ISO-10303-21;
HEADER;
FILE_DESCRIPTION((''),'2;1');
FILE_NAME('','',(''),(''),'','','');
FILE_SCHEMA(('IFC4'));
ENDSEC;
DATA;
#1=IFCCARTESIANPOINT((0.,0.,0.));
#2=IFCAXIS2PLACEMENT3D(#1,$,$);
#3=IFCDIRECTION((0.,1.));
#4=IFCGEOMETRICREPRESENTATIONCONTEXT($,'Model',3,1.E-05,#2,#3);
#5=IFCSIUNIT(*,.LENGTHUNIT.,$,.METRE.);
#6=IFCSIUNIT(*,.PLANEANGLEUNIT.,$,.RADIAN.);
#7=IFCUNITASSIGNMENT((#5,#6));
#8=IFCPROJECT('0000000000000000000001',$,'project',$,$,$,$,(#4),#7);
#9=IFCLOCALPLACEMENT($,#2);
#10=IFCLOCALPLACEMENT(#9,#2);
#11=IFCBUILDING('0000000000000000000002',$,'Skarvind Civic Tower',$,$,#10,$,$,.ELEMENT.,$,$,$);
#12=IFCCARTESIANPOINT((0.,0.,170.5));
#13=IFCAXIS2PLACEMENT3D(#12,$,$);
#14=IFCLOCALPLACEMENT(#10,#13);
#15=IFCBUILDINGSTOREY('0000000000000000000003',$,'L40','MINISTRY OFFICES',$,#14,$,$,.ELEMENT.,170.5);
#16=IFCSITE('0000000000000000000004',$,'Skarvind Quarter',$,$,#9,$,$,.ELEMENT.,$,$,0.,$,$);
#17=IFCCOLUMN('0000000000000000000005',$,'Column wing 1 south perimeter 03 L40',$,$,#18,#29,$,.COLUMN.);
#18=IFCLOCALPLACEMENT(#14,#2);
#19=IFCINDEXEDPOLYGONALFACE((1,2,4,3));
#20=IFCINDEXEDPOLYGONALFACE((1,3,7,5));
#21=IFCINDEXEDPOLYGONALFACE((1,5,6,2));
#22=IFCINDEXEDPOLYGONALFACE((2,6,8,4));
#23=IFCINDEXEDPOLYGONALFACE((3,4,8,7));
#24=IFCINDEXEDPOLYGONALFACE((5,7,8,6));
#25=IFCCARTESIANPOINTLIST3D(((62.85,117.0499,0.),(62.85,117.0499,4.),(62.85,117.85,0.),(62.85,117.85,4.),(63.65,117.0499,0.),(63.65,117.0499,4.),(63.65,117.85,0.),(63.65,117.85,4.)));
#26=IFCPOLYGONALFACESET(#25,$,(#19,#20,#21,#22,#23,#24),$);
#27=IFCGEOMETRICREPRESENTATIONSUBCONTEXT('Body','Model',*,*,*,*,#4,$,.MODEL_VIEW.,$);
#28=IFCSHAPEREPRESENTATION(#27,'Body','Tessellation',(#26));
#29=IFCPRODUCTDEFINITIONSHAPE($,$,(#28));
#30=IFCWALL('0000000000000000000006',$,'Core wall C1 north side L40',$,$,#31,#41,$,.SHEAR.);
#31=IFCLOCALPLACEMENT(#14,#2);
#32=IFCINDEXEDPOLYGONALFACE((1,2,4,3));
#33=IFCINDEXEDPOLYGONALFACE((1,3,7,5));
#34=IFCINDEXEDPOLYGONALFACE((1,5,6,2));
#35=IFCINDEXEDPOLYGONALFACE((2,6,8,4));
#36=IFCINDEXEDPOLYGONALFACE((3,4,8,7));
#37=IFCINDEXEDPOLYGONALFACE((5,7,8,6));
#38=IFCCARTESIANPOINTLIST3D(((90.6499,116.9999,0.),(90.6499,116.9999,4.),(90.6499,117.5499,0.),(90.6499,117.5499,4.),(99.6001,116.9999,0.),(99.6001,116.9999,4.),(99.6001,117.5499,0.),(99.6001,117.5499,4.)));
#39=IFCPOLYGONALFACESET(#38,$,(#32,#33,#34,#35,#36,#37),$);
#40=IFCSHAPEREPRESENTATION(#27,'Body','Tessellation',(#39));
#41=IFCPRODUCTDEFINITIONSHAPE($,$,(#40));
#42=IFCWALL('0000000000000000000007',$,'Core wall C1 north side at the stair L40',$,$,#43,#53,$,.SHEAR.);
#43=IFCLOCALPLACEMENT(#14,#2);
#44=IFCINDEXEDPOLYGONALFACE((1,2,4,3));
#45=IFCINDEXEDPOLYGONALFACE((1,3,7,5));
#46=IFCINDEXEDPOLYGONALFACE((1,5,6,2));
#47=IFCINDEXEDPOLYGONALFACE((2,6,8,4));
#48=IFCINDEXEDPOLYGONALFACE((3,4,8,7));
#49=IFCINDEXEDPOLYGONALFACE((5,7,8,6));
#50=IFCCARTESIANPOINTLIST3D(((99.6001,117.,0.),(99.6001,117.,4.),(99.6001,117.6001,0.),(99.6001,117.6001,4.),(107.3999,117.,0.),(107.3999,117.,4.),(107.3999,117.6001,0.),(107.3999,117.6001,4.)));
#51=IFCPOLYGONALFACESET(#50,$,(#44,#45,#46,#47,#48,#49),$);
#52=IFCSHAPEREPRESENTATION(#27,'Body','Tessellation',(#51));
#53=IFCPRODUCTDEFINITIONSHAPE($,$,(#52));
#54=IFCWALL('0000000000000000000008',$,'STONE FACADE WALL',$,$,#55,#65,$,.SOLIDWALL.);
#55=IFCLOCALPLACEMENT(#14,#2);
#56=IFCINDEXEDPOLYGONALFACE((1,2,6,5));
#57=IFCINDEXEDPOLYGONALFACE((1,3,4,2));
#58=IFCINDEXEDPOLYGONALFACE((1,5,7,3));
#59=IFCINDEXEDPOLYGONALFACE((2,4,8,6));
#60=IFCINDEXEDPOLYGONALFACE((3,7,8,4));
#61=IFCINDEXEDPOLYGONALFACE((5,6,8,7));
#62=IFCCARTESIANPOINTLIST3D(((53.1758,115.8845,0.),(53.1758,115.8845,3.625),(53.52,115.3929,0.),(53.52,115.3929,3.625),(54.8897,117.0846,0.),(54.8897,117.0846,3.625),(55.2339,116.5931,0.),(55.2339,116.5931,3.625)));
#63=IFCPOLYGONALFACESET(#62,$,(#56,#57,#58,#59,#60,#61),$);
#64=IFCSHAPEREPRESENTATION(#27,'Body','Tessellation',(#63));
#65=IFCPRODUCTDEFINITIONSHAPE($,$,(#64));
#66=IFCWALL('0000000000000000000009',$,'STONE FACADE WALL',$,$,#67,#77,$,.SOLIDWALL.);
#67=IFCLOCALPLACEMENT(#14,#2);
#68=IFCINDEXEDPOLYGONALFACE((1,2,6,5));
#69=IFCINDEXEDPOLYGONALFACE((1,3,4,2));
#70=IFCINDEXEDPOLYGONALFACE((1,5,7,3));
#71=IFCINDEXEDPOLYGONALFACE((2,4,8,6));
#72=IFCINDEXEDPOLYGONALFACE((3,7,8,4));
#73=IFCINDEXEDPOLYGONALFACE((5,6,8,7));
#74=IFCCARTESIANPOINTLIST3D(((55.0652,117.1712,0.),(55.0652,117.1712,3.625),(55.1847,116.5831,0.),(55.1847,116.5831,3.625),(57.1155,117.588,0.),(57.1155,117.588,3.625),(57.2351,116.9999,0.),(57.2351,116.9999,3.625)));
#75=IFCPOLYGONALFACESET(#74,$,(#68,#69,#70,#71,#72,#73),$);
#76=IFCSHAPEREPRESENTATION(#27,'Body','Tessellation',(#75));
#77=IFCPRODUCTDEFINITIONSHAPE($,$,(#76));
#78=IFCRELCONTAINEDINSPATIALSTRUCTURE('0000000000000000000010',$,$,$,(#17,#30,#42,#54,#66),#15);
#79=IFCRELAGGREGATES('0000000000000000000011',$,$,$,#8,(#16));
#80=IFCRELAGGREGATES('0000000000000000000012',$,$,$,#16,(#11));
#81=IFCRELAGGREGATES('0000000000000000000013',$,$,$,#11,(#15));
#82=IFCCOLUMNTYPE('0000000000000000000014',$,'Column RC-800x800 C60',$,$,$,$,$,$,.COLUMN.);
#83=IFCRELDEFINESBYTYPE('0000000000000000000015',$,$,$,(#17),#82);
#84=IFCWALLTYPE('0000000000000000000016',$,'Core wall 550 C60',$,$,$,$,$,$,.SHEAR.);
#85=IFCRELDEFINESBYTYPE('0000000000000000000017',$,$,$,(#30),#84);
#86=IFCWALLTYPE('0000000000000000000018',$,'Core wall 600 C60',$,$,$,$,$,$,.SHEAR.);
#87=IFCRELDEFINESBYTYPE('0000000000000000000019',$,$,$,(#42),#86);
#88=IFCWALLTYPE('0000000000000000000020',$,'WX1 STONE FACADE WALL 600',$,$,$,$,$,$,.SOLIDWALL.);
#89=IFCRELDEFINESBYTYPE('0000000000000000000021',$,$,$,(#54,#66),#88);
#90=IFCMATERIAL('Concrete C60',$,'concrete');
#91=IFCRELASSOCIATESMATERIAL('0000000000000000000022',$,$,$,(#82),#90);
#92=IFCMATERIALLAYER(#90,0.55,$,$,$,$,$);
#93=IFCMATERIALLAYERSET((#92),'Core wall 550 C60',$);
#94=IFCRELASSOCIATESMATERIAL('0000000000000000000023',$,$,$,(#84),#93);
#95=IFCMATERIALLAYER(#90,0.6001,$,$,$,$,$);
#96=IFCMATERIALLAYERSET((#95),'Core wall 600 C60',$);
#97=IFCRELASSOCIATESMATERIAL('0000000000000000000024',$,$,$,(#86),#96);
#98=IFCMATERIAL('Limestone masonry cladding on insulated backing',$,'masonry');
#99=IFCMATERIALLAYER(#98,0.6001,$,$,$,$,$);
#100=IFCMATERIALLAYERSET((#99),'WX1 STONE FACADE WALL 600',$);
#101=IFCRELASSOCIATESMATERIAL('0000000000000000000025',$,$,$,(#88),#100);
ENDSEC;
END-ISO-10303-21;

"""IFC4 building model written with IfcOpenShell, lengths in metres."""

from ifc_helpers import new_model, si_unit, direction, frame, frame_2d, origin, origin_2d, place, context, subcontext, project, spatial, rectangle, extrude, material, layer, layer_set, material_profile, profile_set, type_object, element, save


model = new_model("IFC4")

# Units and contexts
model_context = context("Model", 3, precision=1e-05, world=origin(), true_north=direction((0.0, 1.0)))
body_context = subcontext(model_context, "Body", "Model", "MODEL_VIEW")
ifc_project = project(units=[si_unit("LENGTHUNIT", "METRE"), si_unit("PLANEANGLEUNIT", "RADIAN")], contexts=[model_context])

# Site, building, storey
site_placement = place(None, origin())
site = spatial("IfcSite", under=ifc_project, at=site_placement, Name="Skarvind Quarter", CompositionType="ELEMENT", RefElevation=0.0)
building_placement = place(site_placement, origin())
building = spatial("IfcBuilding", under=site, at=building_placement, Name="Skarvind Civic Tower", CompositionType="ELEMENT")
storey_placement = place(building_placement, frame((0.0, 0.0, 170.5)))
storey = spatial("IfcBuildingStorey", under=building, at=storey_placement, Name="L40", Description="MINISTRY OFFICES", CompositionType="ELEMENT", Elevation=170.5)

# Column
ifc_material_1 = material(Name="Concrete C60", Category="concrete")
ifc_material_profile_1 = material_profile(ifc_material_1, rectangle(XDim=0.8, YDim=0.8, at=origin_2d()), Name="RC-800x800")
ifc_profile_set_1 = profile_set([ifc_material_profile_1], Name="Concrete C60")
column_type = type_object("IfcColumnType", Name="Column RC-800x800 C60", PredefinedType="COLUMN", material=ifc_profile_set_1)
column_placement = place(storey_placement, frame((63.25, 117.45, 0.0), z_axis=(0.0, 0.0, 1.0), x_axis=(1.0, 0.0, 0.0)))
element("IfcColumn", 1, at=column_placement, inside=storey, type_object=column_type, Name="Column wing 1 south perimeter 03 L40", PredefinedType="COLUMN", context=body_context, shape_type="SweptSolid", body=[
    extrude(rectangle(XDim=0.8, YDim=0.8, at=origin_2d()), origin(), (0.0, 0.0, 1.0), 4.0),
])

# Walls
ifc_layer_1 = layer(ifc_material_1, 0.55)
ifc_layer_set_1 = layer_set([ifc_layer_1], Name="Core wall 550 C60")
wall_type_1 = type_object("IfcWallType", Name="Core wall 550 C60", PredefinedType="SHEAR", material=ifc_layer_set_1)
wall_1_placement = place(storey_placement, frame((99.6001, 117.2749, 0.0), z_axis=(0.0, 0.0, 1.0), x_axis=(-1.0, 0.0, 0.0)))
element("IfcWall", 2, at=wall_1_placement, inside=storey, type_object=wall_type_1, Name="Core wall C1 north side L40", PredefinedType="SHEAR", context=body_context, shape_type="SweptSolid", body=[
    extrude(rectangle(XDim=8.9502, YDim=0.55, at=frame_2d((4.4751, 0.0))), origin(), (0.0, 0.0, 1.0), 4.0),
])
ifc_layer_2 = layer(ifc_material_1, 0.6001)
ifc_layer_set_2 = layer_set([ifc_layer_2], Name="Core wall 600 C60")
wall_type_2 = type_object("IfcWallType", Name="Core wall 600 C60", PredefinedType="SHEAR", material=ifc_layer_set_2)
wall_2_placement = place(storey_placement, frame((107.3999, 117.3, 0.0), z_axis=(0.0, 0.0, 1.0), x_axis=(-1.0, 0.0, 0.0)))
element("IfcWall", 3, at=wall_2_placement, inside=storey, type_object=wall_type_2, Name="Core wall C1 north side at the stair L40", PredefinedType="SHEAR", context=body_context, shape_type="SweptSolid", body=[
    extrude(rectangle(XDim=7.7998, YDim=0.6001, at=frame_2d((3.8999, 0.0))), origin(), (0.0, 0.0, 1.0), 4.0),
])
ifc_material_2 = material(Name="Limestone masonry cladding on insulated backing", Category="masonry")
ifc_layer_3 = layer(ifc_material_2, 0.6001)
ifc_layer_set_3 = layer_set([ifc_layer_3], Name="WX1 STONE FACADE WALL 600")
wall_type_3 = type_object("IfcWallType", Name="WX1 STONE FACADE WALL 600", PredefinedType="SOLIDWALL", material=ifc_layer_set_3)
for number, where, z_axis, x_axis, name in (
    (4, (55.0618, 116.8389, 0.0), (0.0, 0.0, 1.0), (-0.819122, -0.573619, 0.0), "STONE FACADE WALL"),
    (5, (57.1753, 117.2939, 0.0), (0.0, 0.0, 1.0), (-0.979961, -0.199189, 0.0), "STONE FACADE WALL"),
):
    element("IfcWall", number, at=place(storey_placement, frame(where, z_axis=z_axis, x_axis=x_axis)), inside=storey, type_object=wall_type_3, Name=name, PredefinedType="SOLIDWALL", context=body_context, shape_type="SweptSolid", body=[
        extrude(rectangle(XDim=2.0923, YDim=0.6001, at=frame_2d((1.0461, 0.0))), origin(), (0.0, 0.0, 1.0), 3.625),
    ])

save(model, "model.ifc")
